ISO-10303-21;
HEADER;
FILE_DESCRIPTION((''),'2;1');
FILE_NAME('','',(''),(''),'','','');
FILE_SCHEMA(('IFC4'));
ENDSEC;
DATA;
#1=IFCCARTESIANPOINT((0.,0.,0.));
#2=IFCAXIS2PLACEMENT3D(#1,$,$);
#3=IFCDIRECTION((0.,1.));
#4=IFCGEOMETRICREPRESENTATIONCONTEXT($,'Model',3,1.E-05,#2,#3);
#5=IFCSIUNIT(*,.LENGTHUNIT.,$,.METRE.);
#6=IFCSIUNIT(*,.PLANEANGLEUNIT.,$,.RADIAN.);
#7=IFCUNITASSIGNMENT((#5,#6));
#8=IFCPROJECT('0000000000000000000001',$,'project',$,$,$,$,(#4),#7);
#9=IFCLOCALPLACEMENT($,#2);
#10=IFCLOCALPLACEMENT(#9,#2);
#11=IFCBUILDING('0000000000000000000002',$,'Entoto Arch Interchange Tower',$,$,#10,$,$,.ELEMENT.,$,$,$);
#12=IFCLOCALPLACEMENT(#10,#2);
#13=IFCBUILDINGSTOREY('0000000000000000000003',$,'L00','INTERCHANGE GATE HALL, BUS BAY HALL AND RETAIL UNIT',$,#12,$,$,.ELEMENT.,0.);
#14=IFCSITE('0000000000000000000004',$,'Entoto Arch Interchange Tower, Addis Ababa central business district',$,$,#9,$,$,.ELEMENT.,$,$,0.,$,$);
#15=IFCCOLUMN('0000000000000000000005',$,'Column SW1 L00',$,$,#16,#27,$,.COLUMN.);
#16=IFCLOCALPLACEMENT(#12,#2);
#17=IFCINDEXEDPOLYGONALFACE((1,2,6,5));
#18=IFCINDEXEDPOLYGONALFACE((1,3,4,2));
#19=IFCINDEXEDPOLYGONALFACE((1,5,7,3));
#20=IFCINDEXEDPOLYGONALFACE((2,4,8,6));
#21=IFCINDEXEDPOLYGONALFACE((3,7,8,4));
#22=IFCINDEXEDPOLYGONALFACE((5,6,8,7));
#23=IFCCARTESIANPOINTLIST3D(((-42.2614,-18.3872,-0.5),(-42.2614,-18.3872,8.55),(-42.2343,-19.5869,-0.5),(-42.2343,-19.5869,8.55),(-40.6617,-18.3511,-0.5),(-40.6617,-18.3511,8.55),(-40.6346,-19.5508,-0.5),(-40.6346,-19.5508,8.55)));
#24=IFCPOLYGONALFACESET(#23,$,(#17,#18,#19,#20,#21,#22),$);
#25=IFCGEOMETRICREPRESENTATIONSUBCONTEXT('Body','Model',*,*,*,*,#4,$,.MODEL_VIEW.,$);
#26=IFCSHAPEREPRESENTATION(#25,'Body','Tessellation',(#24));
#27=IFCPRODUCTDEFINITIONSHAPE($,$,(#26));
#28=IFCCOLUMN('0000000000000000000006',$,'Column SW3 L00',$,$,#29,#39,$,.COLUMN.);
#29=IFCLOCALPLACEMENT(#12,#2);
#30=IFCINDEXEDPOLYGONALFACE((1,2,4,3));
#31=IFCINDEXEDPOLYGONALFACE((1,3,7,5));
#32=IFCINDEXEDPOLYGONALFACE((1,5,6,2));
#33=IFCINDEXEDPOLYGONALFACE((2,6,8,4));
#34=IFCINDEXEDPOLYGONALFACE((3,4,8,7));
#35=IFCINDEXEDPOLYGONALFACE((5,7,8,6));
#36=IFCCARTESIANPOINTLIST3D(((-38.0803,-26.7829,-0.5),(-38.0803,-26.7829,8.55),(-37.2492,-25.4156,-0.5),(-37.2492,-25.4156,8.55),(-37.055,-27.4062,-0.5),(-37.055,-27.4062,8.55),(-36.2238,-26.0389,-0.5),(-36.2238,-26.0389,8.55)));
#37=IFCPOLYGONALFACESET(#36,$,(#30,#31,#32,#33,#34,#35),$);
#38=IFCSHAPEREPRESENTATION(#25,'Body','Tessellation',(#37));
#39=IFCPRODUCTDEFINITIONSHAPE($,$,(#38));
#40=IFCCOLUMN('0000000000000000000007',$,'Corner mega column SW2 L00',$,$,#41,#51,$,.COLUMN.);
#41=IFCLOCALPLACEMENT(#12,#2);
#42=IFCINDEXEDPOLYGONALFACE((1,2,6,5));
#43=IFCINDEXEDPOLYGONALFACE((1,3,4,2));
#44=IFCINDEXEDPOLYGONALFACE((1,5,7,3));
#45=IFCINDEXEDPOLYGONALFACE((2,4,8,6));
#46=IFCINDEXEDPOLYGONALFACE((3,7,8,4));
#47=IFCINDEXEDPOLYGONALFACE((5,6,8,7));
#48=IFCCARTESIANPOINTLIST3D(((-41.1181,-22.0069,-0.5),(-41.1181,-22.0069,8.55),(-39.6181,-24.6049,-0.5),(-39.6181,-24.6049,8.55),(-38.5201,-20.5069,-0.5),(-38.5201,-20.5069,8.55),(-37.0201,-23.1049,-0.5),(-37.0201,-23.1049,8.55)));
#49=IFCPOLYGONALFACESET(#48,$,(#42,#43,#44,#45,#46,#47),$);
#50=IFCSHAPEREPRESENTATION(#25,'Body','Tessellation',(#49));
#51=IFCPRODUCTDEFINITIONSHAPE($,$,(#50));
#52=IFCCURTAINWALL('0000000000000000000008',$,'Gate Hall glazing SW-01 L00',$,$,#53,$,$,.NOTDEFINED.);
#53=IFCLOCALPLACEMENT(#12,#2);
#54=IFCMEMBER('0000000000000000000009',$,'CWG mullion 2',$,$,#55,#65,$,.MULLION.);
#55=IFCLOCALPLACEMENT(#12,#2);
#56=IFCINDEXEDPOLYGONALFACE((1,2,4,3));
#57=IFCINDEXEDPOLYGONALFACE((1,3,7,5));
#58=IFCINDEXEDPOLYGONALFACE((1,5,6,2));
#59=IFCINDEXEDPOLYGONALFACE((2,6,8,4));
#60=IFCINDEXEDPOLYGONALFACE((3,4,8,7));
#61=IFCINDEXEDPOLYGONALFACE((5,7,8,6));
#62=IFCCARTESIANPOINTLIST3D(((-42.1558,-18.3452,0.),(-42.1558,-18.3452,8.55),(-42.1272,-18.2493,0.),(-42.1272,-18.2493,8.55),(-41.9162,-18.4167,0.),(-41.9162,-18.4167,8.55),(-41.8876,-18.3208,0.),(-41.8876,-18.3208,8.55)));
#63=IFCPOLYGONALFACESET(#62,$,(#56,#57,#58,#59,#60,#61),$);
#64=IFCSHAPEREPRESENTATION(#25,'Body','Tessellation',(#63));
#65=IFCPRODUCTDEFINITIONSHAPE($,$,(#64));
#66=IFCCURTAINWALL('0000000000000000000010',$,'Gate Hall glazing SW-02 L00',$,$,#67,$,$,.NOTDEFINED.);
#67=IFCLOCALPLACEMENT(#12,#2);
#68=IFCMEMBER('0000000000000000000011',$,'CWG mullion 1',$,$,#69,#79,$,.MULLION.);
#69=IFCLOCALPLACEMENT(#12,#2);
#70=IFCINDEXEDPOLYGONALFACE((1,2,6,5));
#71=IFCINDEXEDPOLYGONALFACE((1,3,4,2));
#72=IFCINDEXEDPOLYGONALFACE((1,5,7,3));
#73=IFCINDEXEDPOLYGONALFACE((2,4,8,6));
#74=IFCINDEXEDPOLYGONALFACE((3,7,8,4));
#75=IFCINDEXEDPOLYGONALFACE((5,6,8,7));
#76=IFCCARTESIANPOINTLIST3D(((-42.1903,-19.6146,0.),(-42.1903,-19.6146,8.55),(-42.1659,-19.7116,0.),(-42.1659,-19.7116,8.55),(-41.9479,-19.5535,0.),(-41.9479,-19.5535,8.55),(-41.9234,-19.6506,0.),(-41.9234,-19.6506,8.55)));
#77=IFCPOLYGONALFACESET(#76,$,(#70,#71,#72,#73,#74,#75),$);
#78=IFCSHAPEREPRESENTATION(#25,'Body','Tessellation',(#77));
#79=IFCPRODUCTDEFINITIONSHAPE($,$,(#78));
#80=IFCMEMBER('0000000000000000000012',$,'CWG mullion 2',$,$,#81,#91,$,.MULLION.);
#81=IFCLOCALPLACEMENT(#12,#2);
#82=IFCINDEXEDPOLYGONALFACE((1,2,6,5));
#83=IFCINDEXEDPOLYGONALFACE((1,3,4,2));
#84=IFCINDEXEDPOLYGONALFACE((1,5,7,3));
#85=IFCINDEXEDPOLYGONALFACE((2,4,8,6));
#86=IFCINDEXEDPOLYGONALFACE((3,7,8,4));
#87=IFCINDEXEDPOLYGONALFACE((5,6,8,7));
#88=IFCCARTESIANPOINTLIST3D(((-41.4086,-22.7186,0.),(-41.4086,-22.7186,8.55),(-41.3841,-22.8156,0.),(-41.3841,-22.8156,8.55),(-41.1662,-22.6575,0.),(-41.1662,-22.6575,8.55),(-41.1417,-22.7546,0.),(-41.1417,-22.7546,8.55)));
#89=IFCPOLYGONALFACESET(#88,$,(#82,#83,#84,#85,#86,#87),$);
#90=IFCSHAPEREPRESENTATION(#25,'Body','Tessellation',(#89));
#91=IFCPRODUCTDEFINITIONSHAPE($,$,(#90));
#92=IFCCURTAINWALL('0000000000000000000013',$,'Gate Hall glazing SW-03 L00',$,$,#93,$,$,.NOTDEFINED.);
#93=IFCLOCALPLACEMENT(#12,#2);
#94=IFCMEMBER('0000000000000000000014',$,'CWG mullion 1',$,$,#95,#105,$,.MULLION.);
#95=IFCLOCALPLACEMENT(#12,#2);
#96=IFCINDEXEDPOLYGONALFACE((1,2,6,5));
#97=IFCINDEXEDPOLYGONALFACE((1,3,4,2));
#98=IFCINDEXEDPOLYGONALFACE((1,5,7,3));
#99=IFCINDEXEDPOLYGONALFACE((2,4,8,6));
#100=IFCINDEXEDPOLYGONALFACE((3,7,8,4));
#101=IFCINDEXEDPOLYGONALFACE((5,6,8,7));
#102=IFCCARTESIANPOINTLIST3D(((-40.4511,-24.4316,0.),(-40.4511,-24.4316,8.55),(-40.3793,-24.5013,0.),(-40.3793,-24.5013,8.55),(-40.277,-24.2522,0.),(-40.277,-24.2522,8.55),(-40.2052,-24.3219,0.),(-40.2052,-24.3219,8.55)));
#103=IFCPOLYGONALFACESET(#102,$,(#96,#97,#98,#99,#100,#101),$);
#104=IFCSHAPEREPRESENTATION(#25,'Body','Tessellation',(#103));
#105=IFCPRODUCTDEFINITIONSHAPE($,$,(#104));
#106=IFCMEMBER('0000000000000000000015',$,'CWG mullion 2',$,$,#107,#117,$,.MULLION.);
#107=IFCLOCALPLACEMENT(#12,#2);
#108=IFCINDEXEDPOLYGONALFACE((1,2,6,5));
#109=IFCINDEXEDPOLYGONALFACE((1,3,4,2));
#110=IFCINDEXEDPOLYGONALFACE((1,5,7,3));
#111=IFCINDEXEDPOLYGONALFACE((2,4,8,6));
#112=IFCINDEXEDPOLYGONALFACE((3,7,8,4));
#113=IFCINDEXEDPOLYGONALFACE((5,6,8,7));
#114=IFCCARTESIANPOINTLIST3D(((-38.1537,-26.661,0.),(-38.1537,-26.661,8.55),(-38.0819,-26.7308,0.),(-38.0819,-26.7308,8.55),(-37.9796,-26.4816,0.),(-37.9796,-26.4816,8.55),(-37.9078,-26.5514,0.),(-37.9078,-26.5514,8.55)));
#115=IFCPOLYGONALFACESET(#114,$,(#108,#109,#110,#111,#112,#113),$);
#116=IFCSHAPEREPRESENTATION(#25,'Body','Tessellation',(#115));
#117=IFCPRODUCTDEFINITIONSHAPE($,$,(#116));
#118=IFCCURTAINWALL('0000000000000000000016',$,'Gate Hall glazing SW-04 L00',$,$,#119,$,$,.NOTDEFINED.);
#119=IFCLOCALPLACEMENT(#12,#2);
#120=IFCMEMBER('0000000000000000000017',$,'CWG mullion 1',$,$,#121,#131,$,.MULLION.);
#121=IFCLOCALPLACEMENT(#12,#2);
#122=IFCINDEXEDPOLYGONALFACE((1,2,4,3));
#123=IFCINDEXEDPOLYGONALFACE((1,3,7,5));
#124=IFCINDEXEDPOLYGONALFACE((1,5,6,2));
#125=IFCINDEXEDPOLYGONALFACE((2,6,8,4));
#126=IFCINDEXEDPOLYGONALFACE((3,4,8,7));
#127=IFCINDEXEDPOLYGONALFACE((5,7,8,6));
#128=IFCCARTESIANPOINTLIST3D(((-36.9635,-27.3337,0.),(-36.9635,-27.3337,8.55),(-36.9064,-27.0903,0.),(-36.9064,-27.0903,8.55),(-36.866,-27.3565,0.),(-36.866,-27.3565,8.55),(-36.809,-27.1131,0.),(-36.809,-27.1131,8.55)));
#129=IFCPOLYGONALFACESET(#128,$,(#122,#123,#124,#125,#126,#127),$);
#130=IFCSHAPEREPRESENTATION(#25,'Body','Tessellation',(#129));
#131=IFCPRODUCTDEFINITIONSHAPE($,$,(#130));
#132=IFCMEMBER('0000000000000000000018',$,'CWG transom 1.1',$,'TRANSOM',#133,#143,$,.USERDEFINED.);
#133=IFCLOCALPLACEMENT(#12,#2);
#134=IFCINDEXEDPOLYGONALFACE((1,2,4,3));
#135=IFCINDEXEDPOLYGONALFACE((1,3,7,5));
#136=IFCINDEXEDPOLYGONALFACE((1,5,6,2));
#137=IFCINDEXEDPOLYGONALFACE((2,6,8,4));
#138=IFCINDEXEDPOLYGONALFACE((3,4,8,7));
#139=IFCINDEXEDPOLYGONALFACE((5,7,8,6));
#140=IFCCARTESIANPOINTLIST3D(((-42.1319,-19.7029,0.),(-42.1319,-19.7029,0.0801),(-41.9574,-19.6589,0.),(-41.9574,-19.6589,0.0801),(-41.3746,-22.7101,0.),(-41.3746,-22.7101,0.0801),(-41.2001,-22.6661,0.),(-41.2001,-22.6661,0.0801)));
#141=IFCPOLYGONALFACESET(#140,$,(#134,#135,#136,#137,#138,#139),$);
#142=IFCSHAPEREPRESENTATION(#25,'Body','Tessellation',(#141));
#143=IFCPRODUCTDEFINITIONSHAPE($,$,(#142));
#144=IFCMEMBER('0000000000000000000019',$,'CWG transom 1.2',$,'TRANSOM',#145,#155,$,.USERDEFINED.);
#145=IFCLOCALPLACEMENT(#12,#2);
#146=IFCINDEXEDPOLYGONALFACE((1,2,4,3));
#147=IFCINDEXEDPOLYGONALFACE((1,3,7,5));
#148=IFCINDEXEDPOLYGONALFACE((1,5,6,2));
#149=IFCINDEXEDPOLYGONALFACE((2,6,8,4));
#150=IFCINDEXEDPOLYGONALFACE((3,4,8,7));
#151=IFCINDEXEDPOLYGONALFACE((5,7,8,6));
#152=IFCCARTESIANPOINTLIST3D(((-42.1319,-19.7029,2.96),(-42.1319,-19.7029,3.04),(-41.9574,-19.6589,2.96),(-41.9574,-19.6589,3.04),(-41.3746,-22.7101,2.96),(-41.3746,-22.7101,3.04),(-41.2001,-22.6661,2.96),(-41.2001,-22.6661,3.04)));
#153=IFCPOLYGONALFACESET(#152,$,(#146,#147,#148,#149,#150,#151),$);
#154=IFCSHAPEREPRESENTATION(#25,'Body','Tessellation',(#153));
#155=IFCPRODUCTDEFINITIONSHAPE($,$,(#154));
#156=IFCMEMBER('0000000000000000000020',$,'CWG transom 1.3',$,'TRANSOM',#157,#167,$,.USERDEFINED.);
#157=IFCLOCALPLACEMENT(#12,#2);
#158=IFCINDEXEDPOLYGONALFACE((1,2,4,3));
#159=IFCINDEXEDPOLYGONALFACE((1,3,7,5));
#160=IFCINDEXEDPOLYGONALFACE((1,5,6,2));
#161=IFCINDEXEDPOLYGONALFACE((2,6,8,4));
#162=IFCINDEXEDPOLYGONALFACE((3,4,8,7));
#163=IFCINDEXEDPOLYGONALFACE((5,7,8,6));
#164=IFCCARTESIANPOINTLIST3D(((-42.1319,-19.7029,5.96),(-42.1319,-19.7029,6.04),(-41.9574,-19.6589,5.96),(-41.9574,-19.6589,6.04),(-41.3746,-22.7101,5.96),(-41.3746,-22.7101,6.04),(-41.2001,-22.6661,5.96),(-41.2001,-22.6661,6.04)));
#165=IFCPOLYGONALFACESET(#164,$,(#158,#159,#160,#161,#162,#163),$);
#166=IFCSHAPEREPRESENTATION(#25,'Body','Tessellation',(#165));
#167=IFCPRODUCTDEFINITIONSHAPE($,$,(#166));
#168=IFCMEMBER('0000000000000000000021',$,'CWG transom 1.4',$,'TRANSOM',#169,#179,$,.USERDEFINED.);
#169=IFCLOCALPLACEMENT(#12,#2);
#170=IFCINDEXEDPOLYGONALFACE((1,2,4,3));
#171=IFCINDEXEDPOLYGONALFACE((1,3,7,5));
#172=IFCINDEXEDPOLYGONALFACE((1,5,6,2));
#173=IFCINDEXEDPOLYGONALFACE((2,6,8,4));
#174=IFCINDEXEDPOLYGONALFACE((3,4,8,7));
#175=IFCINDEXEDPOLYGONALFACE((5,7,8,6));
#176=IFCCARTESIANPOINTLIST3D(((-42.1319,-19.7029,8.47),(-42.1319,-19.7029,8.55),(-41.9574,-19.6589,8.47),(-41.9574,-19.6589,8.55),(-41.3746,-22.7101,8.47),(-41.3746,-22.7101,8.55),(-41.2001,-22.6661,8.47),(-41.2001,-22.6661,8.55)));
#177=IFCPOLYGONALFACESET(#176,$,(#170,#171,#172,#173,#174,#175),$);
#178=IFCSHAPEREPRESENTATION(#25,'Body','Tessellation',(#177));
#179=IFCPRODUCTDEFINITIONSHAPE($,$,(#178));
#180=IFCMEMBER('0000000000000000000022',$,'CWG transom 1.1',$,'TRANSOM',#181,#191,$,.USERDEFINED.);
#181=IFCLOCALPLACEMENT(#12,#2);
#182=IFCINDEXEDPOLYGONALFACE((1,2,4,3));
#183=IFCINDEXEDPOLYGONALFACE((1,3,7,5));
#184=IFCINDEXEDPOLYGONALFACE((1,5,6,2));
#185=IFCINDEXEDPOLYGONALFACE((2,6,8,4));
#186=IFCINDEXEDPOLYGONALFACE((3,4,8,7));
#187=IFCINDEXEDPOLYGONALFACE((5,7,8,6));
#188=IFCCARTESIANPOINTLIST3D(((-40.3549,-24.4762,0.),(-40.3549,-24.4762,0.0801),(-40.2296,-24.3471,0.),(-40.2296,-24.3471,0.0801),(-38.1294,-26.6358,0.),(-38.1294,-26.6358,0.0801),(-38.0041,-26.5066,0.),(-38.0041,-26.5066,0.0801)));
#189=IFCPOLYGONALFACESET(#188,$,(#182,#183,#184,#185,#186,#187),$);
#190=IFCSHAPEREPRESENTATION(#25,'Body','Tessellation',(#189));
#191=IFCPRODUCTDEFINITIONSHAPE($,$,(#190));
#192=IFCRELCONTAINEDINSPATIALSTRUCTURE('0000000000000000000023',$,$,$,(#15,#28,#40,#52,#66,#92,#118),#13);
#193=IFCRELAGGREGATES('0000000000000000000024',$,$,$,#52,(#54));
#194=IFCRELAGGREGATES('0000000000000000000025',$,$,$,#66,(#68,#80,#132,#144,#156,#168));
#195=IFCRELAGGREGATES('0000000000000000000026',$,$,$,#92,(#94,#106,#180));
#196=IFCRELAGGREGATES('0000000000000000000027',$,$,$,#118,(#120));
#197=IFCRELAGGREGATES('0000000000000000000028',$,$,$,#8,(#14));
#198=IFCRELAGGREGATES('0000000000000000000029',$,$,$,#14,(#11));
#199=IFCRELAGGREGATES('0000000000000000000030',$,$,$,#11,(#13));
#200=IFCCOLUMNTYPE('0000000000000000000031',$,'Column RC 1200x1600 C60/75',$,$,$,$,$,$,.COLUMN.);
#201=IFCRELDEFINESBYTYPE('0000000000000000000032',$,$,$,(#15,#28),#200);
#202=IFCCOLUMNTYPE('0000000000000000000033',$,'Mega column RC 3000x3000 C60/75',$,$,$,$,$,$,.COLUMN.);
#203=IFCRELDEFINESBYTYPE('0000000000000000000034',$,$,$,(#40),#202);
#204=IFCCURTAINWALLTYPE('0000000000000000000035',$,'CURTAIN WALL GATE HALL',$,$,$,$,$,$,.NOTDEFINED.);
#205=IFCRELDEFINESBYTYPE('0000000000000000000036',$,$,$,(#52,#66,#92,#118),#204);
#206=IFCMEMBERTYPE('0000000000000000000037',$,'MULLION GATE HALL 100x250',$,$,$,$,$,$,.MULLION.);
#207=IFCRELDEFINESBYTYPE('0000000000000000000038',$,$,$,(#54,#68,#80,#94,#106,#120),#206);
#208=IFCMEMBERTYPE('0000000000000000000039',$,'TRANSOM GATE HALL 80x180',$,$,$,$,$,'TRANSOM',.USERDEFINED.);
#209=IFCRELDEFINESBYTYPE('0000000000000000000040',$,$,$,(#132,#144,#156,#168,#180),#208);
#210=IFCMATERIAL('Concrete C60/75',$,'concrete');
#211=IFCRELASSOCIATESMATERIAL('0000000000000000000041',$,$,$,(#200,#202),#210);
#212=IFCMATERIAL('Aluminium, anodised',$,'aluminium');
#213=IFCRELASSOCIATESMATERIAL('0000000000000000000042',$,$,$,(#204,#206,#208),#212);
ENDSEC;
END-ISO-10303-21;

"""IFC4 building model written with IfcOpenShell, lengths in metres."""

from ifc_helpers import new_model, si_unit, direction, frame, origin, origin_2d, place, context, subcontext, project, spatial, rectangle, extrude, material, material_profile, profile_set, type_object, element, aggregate, save


model = new_model("IFC4")

# Units and contexts
model_context = context("Model", 3, precision=1e-05, world=origin(), true_north=direction((0.0, 1.0)))
body_context = subcontext(model_context, "Body", "Model", "MODEL_VIEW")
ifc_project = project(units=[si_unit("LENGTHUNIT", "METRE"), si_unit("PLANEANGLEUNIT", "RADIAN")], contexts=[model_context])

# Site, building, storey
site_placement = place(None, origin())
site = spatial("IfcSite", under=ifc_project, at=site_placement, Name="Entoto Arch Interchange Tower, Addis Ababa central business district", CompositionType="ELEMENT", RefElevation=0.0)
building_placement = place(site_placement, origin())
building = spatial("IfcBuilding", under=site, at=building_placement, Name="Entoto Arch Interchange Tower", CompositionType="ELEMENT")
storey_placement = place(building_placement, origin())
storey = spatial("IfcBuildingStorey", under=building, at=storey_placement, Name="L00", Description="INTERCHANGE GATE HALL, BUS BAY HALL AND RETAIL UNIT", CompositionType="ELEMENT", Elevation=0.0)

# Columns
ifc_material_1 = material(Name="Concrete C60/75", Category="concrete")
ifc_material_profile_1 = material_profile(ifc_material_1, rectangle(XDim=1.2, YDim=1.6001, at=origin_2d()))
ifc_profile_set_1 = profile_set([ifc_material_profile_1], Name="Concrete C60/75")
column_type_1 = type_object("IfcColumnType", Name="Column RC 1200x1600 C60/75", PredefinedType="COLUMN", material=ifc_profile_set_1)
for number, where, z_axis, x_axis, name in (
    (1, (-41.448, -18.969, -0.5), (0.0, 0.0, 1.0), (-0.022565, 0.999745, 0.0), "Column SW1 L00"),
    (2, (-37.1521, -26.4109, -0.5), (0.0, 0.0, 1.0), (-0.854522, 0.519415, 0.0), "Column SW3 L00"),
):
    element("IfcColumn", number, at=place(storey_placement, frame(where, z_axis=z_axis, x_axis=x_axis)), inside=storey, type_object=column_type_1, Name=name, PredefinedType="COLUMN", context=body_context, shape_type="SweptSolid", body=[
        extrude(rectangle(XDim=1.2, YDim=1.6001, at=origin_2d()), origin(), (0.0, 0.0, 1.0), 9.05),
    ])
ifc_material_profile_2 = material_profile(ifc_material_1, rectangle(XDim=3.0, YDim=3.0, at=origin_2d()))
ifc_profile_set_2 = profile_set([ifc_material_profile_2], Name="Concrete C60/75")
column_type_2 = type_object("IfcColumnType", Name="Mega column RC 3000x3000 C60/75", PredefinedType="COLUMN", material=ifc_profile_set_2)
column_placement = place(storey_placement, frame((-39.0691, -22.5559, -0.5), z_axis=(0.0, 0.0, 1.0), x_axis=(0.866025, 0.5, 0.0)))
element("IfcColumn", 3, at=column_placement, inside=storey, type_object=column_type_2, Name="Corner mega column SW2 L00", PredefinedType="COLUMN", context=body_context, shape_type="SweptSolid", body=[
    extrude(rectangle(XDim=3.0, YDim=3.0, at=origin_2d()), origin(), (0.0, 0.0, 1.0), 9.05),
])

# Curtain wall, member
ifc_material_2 = material(Name="Aluminium, anodised", Category="aluminium")
curtain_wall_type = type_object("IfcCurtainWallType", Name="CURTAIN WALL GATE HALL", PredefinedType="NOTDEFINED", material=ifc_material_2)
curtain_wall_1_placement = place(storey_placement, origin())
curtain_wall_1 = element("IfcCurtainWall", 4, at=curtain_wall_1_placement, inside=storey, type_object=curtain_wall_type, Name="Gate Hall glazing SW-01 L00", PredefinedType="NOTDEFINED")
ifc_material_profile_3 = material_profile(ifc_material_2, rectangle(XDim=0.25, YDim=0.1001, at=origin_2d()))
ifc_profile_set_3 = profile_set([ifc_material_profile_3], Name="Aluminium, anodised")
member_type_1 = type_object("IfcMemberType", Name="MULLION GATE HALL 100x250", PredefinedType="MULLION", material=ifc_profile_set_3)
member_1_placement = place(storey_placement, frame((-42.0217, -18.333, 0.0), z_axis=(0.0, 0.0, 1.0), x_axis=(0.958293, -0.285787, 0.0)))
member_1 = element("IfcMember", 5, at=member_1_placement, type_object=member_type_1, Name="CWG mullion 2", PredefinedType="MULLION", context=body_context, shape_type="SweptSolid", body=[
    extrude(rectangle(XDim=0.25, YDim=0.1001, at=origin_2d()), origin(), (0.0, 0.0, 1.0), 8.55),
])
aggregate(curtain_wall_1, [member_1])

# Curtain walls, members
curtain_wall_2_placement = place(storey_placement, origin())
curtain_wall_2 = element("IfcCurtainWall", 6, at=curtain_wall_2_placement, inside=storey, type_object=curtain_wall_type, Name="Gate Hall glazing SW-02 L00", PredefinedType="NOTDEFINED")
member_2_placement = place(storey_placement, frame((-42.0569, -19.6326, 0.0), z_axis=(0.0, 0.0, 1.0), x_axis=(0.969731, 0.244175, 0.0)))
member_2 = element("IfcMember", 7, at=member_2_placement, type_object=member_type_1, Name="CWG mullion 1", PredefinedType="MULLION", context=body_context, shape_type="SweptSolid", body=[
    extrude(rectangle(XDim=0.25, YDim=0.1001, at=origin_2d()), origin(), (0.0, 0.0, 1.0), 8.55),
])
member_3_placement = place(storey_placement, frame((-41.2751, -22.7366, 0.0), z_axis=(0.0, 0.0, 1.0), x_axis=(0.969731, 0.244175, 0.0)))
member_3 = element("IfcMember", 8, at=member_3_placement, type_object=member_type_1, Name="CWG mullion 2", PredefinedType="MULLION", context=body_context, shape_type="SweptSolid", body=[
    extrude(rectangle(XDim=0.25, YDim=0.1001, at=origin_2d()), origin(), (0.0, 0.0, 1.0), 8.55),
])
curtain_wall_3_placement = place(storey_placement, origin())
curtain_wall_3 = element("IfcCurtainWall", 9, at=curtain_wall_3_placement, inside=storey, type_object=curtain_wall_type, Name="Gate Hall glazing SW-03 L00", PredefinedType="NOTDEFINED")
member_4_placement = place(storey_placement, frame((-40.3281, -24.3767, 0.0), z_axis=(0.0, 0.0, 1.0), x_axis=(0.696425, 0.71763, 0.0)))
member_4 = element("IfcMember", 10, at=member_4_placement, type_object=member_type_1, Name="CWG mullion 1", PredefinedType="MULLION", context=body_context, shape_type="SweptSolid", body=[
    extrude(rectangle(XDim=0.25, YDim=0.1001, at=origin_2d()), origin(), (0.0, 0.0, 1.0), 8.55),
])
member_5_placement = place(storey_placement, frame((-38.0308, -26.6062, 0.0), z_axis=(0.0, 0.0, 1.0), x_axis=(0.696425, 0.71763, 0.0)))
member_5 = element("IfcMember", 11, at=member_5_placement, type_object=member_type_1, Name="CWG mullion 2", PredefinedType="MULLION", context=body_context, shape_type="SweptSolid", body=[
    extrude(rectangle(XDim=0.25, YDim=0.1001, at=origin_2d()), origin(), (0.0, 0.0, 1.0), 8.55),
])

# Curtain wall, member
curtain_wall_4_placement = place(storey_placement, origin())
curtain_wall_4 = element("IfcCurtainWall", 12, at=curtain_wall_4_placement, inside=storey, type_object=curtain_wall_type, Name="Gate Hall glazing SW-04 L00", PredefinedType="NOTDEFINED")
member_6_placement = place(storey_placement, frame((-36.8862, -27.2234, 0.0), z_axis=(0.0, 0.0, 1.0), x_axis=(0.228271, 0.973598, 0.0)))
member_6 = element("IfcMember", 13, at=member_6_placement, type_object=member_type_1, Name="CWG mullion 1", PredefinedType="MULLION", context=body_context, shape_type="SweptSolid", body=[
    extrude(rectangle(XDim=0.25, YDim=0.1001, at=origin_2d()), origin(), (0.0, 0.0, 1.0), 8.55),
])

# Members
ifc_material_profile_4 = material_profile(ifc_material_2, rectangle(XDim=0.1799, YDim=0.0801, at=origin_2d()))
ifc_profile_set_4 = profile_set([ifc_material_profile_4], Name="Aluminium, anodised")
member_type_2 = type_object("IfcMemberType", Name="TRANSOM GATE HALL 80x180", ElementType="TRANSOM", PredefinedType="USERDEFINED", material=ifc_profile_set_4)
member_7_placement = place(storey_placement, frame((-42.0447, -19.6809, 0.04), z_axis=(0.244221, -0.96972, 0.0), x_axis=(0.96972, 0.244221, 0.0)))
member_7 = element("IfcMember", 14, at=member_7_placement, type_object=member_type_2, Name="CWG transom 1.1", ObjectType="TRANSOM", PredefinedType="USERDEFINED", context=body_context, shape_type="SweptSolid", body=[
    extrude(rectangle(XDim=0.1799, YDim=0.0801, at=origin_2d()), origin(), (0.0, 0.0, 1.0), 3.1011),
])
member_8_placement = place(storey_placement, frame((-42.0447, -19.6809, 3.0), z_axis=(0.244221, -0.96972, 0.0), x_axis=(0.96972, 0.244221, 0.0)))
member_8 = element("IfcMember", 15, at=member_8_placement, type_object=member_type_2, Name="CWG transom 1.2", ObjectType="TRANSOM", PredefinedType="USERDEFINED", context=body_context, shape_type="SweptSolid", body=[
    extrude(rectangle(XDim=0.1799, YDim=0.0801, at=origin_2d()), origin(), (0.0, 0.0, 1.0), 3.1011),
])
member_9_placement = place(storey_placement, frame((-42.0447, -19.6809, 6.0), z_axis=(0.244221, -0.96972, 0.0), x_axis=(0.96972, 0.244221, 0.0)))
member_9 = element("IfcMember", 16, at=member_9_placement, type_object=member_type_2, Name="CWG transom 1.3", ObjectType="TRANSOM", PredefinedType="USERDEFINED", context=body_context, shape_type="SweptSolid", body=[
    extrude(rectangle(XDim=0.1799, YDim=0.0801, at=origin_2d()), origin(), (0.0, 0.0, 1.0), 3.1011),
])
member_10_placement = place(storey_placement, frame((-42.0447, -19.6809, 8.51), z_axis=(0.244221, -0.96972, 0.0), x_axis=(0.96972, 0.244221, 0.0)))
member_10 = element("IfcMember", 17, at=member_10_placement, type_object=member_type_2, Name="CWG transom 1.4", ObjectType="TRANSOM", PredefinedType="USERDEFINED", context=body_context, shape_type="SweptSolid", body=[
    extrude(rectangle(XDim=0.1799, YDim=0.0801, at=origin_2d()), origin(), (0.0, 0.0, 1.0), 3.1011),
])
member_11_placement = place(storey_placement, frame((-40.2922, -24.4116, 0.04), z_axis=(0.717655, -0.696399, 0.0), x_axis=(0.696399, 0.717655, 0.0)))
member_11 = element("IfcMember", 18, at=member_11_placement, type_object=member_type_2, Name="CWG transom 1.1", ObjectType="TRANSOM", PredefinedType="USERDEFINED", context=body_context, shape_type="SweptSolid", body=[
    extrude(rectangle(XDim=0.1799, YDim=0.0801, at=origin_2d()), origin(), (0.0, 0.0, 1.0), 3.1011),
])

aggregate(curtain_wall_2, [member_2, member_3, member_7, member_8, member_9, member_10])
aggregate(curtain_wall_3, [member_4, member_5, member_11])
aggregate(curtain_wall_4, [member_6])

save(model, "model.ifc")
